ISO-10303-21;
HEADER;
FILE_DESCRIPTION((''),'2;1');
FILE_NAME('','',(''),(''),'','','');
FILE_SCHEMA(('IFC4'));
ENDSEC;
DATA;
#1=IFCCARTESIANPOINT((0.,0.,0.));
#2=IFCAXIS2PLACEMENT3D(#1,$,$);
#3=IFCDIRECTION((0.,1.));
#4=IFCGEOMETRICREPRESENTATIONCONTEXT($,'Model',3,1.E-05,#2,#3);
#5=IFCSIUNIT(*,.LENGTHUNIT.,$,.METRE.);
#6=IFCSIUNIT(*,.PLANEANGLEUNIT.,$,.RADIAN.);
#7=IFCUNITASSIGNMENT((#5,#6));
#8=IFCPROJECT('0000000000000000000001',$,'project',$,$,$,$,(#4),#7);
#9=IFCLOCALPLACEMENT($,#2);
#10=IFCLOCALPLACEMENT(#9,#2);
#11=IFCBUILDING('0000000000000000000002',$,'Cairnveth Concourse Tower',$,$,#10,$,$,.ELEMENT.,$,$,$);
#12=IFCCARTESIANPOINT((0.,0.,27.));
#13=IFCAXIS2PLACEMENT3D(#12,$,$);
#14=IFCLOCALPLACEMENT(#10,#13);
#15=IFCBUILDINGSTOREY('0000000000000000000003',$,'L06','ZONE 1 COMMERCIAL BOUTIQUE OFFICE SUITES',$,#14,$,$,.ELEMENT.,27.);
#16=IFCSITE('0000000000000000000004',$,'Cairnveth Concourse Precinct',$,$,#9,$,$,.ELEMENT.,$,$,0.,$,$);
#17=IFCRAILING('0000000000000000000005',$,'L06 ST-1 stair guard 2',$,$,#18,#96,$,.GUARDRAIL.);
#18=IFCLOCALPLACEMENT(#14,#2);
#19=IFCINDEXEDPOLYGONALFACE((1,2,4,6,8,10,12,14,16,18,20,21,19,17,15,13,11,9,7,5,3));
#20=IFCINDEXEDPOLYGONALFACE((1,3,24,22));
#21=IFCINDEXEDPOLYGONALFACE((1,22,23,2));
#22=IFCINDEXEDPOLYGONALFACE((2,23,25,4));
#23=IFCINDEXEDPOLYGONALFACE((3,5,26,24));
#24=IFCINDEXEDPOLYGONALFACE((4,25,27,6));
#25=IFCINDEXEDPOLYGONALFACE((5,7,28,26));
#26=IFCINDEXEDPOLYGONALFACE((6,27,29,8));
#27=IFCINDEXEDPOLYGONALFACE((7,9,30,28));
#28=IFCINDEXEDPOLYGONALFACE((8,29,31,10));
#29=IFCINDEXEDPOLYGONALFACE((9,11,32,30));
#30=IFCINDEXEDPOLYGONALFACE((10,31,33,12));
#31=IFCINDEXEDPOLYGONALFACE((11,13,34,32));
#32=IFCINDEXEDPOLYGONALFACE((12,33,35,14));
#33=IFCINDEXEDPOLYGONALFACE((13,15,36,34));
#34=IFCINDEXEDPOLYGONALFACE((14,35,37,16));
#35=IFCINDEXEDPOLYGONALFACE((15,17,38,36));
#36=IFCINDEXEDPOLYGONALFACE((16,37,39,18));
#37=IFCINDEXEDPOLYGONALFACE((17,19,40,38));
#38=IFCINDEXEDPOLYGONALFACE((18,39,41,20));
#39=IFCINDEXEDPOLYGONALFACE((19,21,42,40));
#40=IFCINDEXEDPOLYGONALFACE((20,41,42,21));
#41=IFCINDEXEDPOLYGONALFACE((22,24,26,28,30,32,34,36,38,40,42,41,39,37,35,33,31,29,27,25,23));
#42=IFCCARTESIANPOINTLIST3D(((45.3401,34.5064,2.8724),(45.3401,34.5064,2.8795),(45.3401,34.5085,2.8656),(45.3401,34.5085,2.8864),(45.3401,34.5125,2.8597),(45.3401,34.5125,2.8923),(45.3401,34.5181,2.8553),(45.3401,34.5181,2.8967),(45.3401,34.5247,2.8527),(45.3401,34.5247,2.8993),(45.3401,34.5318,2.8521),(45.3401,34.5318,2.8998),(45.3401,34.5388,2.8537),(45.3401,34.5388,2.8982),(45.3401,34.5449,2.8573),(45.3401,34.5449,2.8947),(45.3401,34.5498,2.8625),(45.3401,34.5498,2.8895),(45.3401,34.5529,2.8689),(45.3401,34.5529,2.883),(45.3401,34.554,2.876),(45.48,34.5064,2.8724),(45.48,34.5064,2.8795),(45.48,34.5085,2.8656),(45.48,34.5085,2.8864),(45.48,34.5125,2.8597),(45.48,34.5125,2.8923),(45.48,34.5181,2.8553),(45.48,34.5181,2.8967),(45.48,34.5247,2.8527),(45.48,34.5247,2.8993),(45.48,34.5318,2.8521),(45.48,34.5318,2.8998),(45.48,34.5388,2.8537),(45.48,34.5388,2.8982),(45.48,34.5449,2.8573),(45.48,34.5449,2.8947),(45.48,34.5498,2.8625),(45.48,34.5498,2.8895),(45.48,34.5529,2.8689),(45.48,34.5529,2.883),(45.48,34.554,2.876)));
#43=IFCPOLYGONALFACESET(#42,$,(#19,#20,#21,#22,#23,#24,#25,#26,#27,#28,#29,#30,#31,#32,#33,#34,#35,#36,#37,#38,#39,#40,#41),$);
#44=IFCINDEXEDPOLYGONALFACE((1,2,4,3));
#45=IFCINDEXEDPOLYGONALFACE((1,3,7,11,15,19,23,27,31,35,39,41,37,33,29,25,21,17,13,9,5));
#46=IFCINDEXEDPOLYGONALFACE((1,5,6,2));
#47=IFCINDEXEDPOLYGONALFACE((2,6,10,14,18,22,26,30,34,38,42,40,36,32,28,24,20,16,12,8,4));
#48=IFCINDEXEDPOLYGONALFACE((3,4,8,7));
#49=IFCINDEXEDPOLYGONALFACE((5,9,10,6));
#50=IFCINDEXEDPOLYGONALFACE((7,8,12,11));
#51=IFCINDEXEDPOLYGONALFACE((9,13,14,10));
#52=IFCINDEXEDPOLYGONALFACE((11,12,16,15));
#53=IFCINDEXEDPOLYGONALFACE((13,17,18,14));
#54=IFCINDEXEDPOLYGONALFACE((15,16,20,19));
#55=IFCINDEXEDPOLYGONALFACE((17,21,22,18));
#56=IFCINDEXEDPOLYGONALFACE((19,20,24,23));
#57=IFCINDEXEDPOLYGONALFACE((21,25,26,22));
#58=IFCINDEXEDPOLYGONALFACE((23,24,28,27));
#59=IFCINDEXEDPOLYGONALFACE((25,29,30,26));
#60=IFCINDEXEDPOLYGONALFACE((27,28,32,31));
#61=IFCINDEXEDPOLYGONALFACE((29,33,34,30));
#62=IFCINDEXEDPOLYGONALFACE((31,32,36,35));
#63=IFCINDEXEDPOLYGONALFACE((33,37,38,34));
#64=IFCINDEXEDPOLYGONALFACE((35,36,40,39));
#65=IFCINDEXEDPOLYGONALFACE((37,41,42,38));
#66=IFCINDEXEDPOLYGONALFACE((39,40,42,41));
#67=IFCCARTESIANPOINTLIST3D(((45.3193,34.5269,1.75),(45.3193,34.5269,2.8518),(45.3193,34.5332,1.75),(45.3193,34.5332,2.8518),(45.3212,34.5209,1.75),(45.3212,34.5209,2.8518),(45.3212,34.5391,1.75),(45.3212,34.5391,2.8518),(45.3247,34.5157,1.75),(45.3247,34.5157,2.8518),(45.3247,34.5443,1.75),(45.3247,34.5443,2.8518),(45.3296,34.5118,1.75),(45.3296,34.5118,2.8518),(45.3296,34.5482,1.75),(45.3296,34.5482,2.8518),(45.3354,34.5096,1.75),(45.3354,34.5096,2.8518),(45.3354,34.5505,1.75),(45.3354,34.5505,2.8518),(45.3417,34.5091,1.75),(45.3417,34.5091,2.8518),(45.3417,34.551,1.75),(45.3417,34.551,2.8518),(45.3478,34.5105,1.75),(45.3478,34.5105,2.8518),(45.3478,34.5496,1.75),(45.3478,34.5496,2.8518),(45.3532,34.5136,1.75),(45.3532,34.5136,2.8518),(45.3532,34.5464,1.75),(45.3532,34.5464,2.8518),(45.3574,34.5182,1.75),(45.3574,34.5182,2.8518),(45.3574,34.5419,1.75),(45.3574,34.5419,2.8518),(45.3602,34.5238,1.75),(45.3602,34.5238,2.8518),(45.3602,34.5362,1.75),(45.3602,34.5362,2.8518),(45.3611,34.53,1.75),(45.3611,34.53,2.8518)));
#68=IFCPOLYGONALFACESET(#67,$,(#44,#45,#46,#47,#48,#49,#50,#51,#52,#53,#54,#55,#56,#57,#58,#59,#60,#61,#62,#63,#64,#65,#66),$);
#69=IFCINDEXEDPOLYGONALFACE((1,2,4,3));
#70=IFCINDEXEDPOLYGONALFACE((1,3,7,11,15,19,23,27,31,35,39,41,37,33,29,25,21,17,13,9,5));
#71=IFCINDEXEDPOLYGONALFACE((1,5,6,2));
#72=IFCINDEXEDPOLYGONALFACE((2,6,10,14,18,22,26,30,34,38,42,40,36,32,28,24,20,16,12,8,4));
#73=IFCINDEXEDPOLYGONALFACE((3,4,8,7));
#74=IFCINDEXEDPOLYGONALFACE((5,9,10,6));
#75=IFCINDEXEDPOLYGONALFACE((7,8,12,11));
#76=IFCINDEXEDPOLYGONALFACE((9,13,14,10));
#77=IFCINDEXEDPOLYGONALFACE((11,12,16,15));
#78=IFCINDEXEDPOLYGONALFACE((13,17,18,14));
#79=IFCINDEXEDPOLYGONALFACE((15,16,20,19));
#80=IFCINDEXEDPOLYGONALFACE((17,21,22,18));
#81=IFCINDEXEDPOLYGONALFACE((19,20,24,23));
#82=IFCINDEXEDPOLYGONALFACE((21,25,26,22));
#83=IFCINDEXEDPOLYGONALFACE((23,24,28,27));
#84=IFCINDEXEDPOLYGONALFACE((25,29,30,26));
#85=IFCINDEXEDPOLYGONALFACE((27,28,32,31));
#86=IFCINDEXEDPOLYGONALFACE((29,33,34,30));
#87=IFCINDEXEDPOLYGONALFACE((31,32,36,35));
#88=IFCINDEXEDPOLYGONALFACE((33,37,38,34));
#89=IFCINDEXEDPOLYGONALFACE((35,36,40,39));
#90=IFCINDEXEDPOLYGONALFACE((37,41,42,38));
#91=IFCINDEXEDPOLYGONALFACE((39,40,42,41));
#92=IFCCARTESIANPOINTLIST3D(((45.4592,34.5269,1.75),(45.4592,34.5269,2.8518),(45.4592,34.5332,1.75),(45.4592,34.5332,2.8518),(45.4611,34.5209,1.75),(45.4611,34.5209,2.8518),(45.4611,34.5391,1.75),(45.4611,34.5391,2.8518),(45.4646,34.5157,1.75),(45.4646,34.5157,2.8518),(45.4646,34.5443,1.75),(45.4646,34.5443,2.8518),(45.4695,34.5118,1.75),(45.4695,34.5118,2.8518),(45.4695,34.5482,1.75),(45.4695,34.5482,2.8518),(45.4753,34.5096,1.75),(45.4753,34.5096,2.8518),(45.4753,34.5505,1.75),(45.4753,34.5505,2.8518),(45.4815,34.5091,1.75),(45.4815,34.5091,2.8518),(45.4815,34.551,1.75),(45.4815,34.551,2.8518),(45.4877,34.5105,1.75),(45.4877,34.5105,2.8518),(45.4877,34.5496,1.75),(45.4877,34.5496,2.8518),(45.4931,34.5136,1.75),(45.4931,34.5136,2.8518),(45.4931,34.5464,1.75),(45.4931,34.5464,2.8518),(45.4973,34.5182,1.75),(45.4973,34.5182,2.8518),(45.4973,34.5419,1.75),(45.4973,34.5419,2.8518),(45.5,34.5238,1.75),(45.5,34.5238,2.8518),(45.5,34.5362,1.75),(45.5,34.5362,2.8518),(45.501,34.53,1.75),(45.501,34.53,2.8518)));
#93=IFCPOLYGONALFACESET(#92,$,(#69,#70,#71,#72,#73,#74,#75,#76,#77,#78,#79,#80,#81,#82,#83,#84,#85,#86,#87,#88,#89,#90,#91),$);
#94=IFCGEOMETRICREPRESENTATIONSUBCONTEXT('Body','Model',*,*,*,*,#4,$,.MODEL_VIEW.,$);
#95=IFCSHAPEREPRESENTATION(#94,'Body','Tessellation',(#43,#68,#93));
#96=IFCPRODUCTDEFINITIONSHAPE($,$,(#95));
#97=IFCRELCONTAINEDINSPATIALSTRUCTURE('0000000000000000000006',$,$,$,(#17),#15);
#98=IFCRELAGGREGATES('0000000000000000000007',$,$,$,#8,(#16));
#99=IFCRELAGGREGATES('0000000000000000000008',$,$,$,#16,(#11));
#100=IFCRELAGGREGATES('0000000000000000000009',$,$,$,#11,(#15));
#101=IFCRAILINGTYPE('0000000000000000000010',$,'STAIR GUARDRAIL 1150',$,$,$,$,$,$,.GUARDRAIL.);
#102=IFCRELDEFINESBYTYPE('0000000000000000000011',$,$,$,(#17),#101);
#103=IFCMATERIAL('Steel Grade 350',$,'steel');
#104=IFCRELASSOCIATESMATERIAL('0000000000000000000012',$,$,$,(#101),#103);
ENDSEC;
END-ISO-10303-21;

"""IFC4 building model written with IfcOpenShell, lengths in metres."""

from ifc_helpers import new_model, si_unit, direction, frame, origin, origin_2d, place, context, subcontext, project, spatial, circle, extrude, material, type_object, element, save


model = new_model("IFC4")

# Units and contexts
model_context = context("Model", 3, precision=1e-05, world=origin(), true_north=direction((0.0, 1.0)))
body_context = subcontext(model_context, "Body", "Model", "MODEL_VIEW")
ifc_project = project(units=[si_unit("LENGTHUNIT", "METRE"), si_unit("PLANEANGLEUNIT", "RADIAN")], contexts=[model_context])

# Site, building, storey
site_placement = place(None, origin())
site = spatial("IfcSite", under=ifc_project, at=site_placement, Name="Cairnveth Concourse Precinct", CompositionType="ELEMENT", RefElevation=0.0)
building_placement = place(site_placement, origin())
building = spatial("IfcBuilding", under=site, at=building_placement, Name="Cairnveth Concourse Tower", CompositionType="ELEMENT")
storey_placement = place(building_placement, frame((0.0, 0.0, 27.0)))
storey = spatial("IfcBuildingStorey", under=building, at=storey_placement, Name="L06", Description="ZONE 1 COMMERCIAL BOUTIQUE OFFICE SUITES", CompositionType="ELEMENT", Elevation=27.0)

# Shared definitions
ifc_material_1 = material(Name="Steel Grade 350", Category="steel")

# Railing
railing_type_1 = type_object("IfcRailingType", Name="STAIR GUARDRAIL 1150", PredefinedType="GUARDRAIL", material=ifc_material_1)
railing_1_placement = place(storey_placement, frame((45.3401, 34.53, 1.75)))
element("IfcRailing", 1, at=railing_1_placement, inside=storey, type_object=railing_type_1, Name="L06 ST-1 stair guard 2", PredefinedType="GUARDRAIL", context=body_context, shape_type="SweptSolid", body=[
    extrude(circle(Radius=0.0239, at=origin_2d()), frame((0.0, 0.0, 1.126), z_axis=(1.0, 0.0, 0.0), x_axis=(0.0, 1.0, 0.0)), (0.0, 0.0, 1.0), 0.1399),
    extrude(circle(Radius=0.021, at=origin_2d()), origin(), (0.0, 0.0, 1.0), 1.1018),
    extrude(circle(Radius=0.021, at=origin_2d()), frame((0.1399, 0.0, 0.0)), (0.0, 0.0, 1.0), 1.1018),
])

save(model, "model.ifc")
